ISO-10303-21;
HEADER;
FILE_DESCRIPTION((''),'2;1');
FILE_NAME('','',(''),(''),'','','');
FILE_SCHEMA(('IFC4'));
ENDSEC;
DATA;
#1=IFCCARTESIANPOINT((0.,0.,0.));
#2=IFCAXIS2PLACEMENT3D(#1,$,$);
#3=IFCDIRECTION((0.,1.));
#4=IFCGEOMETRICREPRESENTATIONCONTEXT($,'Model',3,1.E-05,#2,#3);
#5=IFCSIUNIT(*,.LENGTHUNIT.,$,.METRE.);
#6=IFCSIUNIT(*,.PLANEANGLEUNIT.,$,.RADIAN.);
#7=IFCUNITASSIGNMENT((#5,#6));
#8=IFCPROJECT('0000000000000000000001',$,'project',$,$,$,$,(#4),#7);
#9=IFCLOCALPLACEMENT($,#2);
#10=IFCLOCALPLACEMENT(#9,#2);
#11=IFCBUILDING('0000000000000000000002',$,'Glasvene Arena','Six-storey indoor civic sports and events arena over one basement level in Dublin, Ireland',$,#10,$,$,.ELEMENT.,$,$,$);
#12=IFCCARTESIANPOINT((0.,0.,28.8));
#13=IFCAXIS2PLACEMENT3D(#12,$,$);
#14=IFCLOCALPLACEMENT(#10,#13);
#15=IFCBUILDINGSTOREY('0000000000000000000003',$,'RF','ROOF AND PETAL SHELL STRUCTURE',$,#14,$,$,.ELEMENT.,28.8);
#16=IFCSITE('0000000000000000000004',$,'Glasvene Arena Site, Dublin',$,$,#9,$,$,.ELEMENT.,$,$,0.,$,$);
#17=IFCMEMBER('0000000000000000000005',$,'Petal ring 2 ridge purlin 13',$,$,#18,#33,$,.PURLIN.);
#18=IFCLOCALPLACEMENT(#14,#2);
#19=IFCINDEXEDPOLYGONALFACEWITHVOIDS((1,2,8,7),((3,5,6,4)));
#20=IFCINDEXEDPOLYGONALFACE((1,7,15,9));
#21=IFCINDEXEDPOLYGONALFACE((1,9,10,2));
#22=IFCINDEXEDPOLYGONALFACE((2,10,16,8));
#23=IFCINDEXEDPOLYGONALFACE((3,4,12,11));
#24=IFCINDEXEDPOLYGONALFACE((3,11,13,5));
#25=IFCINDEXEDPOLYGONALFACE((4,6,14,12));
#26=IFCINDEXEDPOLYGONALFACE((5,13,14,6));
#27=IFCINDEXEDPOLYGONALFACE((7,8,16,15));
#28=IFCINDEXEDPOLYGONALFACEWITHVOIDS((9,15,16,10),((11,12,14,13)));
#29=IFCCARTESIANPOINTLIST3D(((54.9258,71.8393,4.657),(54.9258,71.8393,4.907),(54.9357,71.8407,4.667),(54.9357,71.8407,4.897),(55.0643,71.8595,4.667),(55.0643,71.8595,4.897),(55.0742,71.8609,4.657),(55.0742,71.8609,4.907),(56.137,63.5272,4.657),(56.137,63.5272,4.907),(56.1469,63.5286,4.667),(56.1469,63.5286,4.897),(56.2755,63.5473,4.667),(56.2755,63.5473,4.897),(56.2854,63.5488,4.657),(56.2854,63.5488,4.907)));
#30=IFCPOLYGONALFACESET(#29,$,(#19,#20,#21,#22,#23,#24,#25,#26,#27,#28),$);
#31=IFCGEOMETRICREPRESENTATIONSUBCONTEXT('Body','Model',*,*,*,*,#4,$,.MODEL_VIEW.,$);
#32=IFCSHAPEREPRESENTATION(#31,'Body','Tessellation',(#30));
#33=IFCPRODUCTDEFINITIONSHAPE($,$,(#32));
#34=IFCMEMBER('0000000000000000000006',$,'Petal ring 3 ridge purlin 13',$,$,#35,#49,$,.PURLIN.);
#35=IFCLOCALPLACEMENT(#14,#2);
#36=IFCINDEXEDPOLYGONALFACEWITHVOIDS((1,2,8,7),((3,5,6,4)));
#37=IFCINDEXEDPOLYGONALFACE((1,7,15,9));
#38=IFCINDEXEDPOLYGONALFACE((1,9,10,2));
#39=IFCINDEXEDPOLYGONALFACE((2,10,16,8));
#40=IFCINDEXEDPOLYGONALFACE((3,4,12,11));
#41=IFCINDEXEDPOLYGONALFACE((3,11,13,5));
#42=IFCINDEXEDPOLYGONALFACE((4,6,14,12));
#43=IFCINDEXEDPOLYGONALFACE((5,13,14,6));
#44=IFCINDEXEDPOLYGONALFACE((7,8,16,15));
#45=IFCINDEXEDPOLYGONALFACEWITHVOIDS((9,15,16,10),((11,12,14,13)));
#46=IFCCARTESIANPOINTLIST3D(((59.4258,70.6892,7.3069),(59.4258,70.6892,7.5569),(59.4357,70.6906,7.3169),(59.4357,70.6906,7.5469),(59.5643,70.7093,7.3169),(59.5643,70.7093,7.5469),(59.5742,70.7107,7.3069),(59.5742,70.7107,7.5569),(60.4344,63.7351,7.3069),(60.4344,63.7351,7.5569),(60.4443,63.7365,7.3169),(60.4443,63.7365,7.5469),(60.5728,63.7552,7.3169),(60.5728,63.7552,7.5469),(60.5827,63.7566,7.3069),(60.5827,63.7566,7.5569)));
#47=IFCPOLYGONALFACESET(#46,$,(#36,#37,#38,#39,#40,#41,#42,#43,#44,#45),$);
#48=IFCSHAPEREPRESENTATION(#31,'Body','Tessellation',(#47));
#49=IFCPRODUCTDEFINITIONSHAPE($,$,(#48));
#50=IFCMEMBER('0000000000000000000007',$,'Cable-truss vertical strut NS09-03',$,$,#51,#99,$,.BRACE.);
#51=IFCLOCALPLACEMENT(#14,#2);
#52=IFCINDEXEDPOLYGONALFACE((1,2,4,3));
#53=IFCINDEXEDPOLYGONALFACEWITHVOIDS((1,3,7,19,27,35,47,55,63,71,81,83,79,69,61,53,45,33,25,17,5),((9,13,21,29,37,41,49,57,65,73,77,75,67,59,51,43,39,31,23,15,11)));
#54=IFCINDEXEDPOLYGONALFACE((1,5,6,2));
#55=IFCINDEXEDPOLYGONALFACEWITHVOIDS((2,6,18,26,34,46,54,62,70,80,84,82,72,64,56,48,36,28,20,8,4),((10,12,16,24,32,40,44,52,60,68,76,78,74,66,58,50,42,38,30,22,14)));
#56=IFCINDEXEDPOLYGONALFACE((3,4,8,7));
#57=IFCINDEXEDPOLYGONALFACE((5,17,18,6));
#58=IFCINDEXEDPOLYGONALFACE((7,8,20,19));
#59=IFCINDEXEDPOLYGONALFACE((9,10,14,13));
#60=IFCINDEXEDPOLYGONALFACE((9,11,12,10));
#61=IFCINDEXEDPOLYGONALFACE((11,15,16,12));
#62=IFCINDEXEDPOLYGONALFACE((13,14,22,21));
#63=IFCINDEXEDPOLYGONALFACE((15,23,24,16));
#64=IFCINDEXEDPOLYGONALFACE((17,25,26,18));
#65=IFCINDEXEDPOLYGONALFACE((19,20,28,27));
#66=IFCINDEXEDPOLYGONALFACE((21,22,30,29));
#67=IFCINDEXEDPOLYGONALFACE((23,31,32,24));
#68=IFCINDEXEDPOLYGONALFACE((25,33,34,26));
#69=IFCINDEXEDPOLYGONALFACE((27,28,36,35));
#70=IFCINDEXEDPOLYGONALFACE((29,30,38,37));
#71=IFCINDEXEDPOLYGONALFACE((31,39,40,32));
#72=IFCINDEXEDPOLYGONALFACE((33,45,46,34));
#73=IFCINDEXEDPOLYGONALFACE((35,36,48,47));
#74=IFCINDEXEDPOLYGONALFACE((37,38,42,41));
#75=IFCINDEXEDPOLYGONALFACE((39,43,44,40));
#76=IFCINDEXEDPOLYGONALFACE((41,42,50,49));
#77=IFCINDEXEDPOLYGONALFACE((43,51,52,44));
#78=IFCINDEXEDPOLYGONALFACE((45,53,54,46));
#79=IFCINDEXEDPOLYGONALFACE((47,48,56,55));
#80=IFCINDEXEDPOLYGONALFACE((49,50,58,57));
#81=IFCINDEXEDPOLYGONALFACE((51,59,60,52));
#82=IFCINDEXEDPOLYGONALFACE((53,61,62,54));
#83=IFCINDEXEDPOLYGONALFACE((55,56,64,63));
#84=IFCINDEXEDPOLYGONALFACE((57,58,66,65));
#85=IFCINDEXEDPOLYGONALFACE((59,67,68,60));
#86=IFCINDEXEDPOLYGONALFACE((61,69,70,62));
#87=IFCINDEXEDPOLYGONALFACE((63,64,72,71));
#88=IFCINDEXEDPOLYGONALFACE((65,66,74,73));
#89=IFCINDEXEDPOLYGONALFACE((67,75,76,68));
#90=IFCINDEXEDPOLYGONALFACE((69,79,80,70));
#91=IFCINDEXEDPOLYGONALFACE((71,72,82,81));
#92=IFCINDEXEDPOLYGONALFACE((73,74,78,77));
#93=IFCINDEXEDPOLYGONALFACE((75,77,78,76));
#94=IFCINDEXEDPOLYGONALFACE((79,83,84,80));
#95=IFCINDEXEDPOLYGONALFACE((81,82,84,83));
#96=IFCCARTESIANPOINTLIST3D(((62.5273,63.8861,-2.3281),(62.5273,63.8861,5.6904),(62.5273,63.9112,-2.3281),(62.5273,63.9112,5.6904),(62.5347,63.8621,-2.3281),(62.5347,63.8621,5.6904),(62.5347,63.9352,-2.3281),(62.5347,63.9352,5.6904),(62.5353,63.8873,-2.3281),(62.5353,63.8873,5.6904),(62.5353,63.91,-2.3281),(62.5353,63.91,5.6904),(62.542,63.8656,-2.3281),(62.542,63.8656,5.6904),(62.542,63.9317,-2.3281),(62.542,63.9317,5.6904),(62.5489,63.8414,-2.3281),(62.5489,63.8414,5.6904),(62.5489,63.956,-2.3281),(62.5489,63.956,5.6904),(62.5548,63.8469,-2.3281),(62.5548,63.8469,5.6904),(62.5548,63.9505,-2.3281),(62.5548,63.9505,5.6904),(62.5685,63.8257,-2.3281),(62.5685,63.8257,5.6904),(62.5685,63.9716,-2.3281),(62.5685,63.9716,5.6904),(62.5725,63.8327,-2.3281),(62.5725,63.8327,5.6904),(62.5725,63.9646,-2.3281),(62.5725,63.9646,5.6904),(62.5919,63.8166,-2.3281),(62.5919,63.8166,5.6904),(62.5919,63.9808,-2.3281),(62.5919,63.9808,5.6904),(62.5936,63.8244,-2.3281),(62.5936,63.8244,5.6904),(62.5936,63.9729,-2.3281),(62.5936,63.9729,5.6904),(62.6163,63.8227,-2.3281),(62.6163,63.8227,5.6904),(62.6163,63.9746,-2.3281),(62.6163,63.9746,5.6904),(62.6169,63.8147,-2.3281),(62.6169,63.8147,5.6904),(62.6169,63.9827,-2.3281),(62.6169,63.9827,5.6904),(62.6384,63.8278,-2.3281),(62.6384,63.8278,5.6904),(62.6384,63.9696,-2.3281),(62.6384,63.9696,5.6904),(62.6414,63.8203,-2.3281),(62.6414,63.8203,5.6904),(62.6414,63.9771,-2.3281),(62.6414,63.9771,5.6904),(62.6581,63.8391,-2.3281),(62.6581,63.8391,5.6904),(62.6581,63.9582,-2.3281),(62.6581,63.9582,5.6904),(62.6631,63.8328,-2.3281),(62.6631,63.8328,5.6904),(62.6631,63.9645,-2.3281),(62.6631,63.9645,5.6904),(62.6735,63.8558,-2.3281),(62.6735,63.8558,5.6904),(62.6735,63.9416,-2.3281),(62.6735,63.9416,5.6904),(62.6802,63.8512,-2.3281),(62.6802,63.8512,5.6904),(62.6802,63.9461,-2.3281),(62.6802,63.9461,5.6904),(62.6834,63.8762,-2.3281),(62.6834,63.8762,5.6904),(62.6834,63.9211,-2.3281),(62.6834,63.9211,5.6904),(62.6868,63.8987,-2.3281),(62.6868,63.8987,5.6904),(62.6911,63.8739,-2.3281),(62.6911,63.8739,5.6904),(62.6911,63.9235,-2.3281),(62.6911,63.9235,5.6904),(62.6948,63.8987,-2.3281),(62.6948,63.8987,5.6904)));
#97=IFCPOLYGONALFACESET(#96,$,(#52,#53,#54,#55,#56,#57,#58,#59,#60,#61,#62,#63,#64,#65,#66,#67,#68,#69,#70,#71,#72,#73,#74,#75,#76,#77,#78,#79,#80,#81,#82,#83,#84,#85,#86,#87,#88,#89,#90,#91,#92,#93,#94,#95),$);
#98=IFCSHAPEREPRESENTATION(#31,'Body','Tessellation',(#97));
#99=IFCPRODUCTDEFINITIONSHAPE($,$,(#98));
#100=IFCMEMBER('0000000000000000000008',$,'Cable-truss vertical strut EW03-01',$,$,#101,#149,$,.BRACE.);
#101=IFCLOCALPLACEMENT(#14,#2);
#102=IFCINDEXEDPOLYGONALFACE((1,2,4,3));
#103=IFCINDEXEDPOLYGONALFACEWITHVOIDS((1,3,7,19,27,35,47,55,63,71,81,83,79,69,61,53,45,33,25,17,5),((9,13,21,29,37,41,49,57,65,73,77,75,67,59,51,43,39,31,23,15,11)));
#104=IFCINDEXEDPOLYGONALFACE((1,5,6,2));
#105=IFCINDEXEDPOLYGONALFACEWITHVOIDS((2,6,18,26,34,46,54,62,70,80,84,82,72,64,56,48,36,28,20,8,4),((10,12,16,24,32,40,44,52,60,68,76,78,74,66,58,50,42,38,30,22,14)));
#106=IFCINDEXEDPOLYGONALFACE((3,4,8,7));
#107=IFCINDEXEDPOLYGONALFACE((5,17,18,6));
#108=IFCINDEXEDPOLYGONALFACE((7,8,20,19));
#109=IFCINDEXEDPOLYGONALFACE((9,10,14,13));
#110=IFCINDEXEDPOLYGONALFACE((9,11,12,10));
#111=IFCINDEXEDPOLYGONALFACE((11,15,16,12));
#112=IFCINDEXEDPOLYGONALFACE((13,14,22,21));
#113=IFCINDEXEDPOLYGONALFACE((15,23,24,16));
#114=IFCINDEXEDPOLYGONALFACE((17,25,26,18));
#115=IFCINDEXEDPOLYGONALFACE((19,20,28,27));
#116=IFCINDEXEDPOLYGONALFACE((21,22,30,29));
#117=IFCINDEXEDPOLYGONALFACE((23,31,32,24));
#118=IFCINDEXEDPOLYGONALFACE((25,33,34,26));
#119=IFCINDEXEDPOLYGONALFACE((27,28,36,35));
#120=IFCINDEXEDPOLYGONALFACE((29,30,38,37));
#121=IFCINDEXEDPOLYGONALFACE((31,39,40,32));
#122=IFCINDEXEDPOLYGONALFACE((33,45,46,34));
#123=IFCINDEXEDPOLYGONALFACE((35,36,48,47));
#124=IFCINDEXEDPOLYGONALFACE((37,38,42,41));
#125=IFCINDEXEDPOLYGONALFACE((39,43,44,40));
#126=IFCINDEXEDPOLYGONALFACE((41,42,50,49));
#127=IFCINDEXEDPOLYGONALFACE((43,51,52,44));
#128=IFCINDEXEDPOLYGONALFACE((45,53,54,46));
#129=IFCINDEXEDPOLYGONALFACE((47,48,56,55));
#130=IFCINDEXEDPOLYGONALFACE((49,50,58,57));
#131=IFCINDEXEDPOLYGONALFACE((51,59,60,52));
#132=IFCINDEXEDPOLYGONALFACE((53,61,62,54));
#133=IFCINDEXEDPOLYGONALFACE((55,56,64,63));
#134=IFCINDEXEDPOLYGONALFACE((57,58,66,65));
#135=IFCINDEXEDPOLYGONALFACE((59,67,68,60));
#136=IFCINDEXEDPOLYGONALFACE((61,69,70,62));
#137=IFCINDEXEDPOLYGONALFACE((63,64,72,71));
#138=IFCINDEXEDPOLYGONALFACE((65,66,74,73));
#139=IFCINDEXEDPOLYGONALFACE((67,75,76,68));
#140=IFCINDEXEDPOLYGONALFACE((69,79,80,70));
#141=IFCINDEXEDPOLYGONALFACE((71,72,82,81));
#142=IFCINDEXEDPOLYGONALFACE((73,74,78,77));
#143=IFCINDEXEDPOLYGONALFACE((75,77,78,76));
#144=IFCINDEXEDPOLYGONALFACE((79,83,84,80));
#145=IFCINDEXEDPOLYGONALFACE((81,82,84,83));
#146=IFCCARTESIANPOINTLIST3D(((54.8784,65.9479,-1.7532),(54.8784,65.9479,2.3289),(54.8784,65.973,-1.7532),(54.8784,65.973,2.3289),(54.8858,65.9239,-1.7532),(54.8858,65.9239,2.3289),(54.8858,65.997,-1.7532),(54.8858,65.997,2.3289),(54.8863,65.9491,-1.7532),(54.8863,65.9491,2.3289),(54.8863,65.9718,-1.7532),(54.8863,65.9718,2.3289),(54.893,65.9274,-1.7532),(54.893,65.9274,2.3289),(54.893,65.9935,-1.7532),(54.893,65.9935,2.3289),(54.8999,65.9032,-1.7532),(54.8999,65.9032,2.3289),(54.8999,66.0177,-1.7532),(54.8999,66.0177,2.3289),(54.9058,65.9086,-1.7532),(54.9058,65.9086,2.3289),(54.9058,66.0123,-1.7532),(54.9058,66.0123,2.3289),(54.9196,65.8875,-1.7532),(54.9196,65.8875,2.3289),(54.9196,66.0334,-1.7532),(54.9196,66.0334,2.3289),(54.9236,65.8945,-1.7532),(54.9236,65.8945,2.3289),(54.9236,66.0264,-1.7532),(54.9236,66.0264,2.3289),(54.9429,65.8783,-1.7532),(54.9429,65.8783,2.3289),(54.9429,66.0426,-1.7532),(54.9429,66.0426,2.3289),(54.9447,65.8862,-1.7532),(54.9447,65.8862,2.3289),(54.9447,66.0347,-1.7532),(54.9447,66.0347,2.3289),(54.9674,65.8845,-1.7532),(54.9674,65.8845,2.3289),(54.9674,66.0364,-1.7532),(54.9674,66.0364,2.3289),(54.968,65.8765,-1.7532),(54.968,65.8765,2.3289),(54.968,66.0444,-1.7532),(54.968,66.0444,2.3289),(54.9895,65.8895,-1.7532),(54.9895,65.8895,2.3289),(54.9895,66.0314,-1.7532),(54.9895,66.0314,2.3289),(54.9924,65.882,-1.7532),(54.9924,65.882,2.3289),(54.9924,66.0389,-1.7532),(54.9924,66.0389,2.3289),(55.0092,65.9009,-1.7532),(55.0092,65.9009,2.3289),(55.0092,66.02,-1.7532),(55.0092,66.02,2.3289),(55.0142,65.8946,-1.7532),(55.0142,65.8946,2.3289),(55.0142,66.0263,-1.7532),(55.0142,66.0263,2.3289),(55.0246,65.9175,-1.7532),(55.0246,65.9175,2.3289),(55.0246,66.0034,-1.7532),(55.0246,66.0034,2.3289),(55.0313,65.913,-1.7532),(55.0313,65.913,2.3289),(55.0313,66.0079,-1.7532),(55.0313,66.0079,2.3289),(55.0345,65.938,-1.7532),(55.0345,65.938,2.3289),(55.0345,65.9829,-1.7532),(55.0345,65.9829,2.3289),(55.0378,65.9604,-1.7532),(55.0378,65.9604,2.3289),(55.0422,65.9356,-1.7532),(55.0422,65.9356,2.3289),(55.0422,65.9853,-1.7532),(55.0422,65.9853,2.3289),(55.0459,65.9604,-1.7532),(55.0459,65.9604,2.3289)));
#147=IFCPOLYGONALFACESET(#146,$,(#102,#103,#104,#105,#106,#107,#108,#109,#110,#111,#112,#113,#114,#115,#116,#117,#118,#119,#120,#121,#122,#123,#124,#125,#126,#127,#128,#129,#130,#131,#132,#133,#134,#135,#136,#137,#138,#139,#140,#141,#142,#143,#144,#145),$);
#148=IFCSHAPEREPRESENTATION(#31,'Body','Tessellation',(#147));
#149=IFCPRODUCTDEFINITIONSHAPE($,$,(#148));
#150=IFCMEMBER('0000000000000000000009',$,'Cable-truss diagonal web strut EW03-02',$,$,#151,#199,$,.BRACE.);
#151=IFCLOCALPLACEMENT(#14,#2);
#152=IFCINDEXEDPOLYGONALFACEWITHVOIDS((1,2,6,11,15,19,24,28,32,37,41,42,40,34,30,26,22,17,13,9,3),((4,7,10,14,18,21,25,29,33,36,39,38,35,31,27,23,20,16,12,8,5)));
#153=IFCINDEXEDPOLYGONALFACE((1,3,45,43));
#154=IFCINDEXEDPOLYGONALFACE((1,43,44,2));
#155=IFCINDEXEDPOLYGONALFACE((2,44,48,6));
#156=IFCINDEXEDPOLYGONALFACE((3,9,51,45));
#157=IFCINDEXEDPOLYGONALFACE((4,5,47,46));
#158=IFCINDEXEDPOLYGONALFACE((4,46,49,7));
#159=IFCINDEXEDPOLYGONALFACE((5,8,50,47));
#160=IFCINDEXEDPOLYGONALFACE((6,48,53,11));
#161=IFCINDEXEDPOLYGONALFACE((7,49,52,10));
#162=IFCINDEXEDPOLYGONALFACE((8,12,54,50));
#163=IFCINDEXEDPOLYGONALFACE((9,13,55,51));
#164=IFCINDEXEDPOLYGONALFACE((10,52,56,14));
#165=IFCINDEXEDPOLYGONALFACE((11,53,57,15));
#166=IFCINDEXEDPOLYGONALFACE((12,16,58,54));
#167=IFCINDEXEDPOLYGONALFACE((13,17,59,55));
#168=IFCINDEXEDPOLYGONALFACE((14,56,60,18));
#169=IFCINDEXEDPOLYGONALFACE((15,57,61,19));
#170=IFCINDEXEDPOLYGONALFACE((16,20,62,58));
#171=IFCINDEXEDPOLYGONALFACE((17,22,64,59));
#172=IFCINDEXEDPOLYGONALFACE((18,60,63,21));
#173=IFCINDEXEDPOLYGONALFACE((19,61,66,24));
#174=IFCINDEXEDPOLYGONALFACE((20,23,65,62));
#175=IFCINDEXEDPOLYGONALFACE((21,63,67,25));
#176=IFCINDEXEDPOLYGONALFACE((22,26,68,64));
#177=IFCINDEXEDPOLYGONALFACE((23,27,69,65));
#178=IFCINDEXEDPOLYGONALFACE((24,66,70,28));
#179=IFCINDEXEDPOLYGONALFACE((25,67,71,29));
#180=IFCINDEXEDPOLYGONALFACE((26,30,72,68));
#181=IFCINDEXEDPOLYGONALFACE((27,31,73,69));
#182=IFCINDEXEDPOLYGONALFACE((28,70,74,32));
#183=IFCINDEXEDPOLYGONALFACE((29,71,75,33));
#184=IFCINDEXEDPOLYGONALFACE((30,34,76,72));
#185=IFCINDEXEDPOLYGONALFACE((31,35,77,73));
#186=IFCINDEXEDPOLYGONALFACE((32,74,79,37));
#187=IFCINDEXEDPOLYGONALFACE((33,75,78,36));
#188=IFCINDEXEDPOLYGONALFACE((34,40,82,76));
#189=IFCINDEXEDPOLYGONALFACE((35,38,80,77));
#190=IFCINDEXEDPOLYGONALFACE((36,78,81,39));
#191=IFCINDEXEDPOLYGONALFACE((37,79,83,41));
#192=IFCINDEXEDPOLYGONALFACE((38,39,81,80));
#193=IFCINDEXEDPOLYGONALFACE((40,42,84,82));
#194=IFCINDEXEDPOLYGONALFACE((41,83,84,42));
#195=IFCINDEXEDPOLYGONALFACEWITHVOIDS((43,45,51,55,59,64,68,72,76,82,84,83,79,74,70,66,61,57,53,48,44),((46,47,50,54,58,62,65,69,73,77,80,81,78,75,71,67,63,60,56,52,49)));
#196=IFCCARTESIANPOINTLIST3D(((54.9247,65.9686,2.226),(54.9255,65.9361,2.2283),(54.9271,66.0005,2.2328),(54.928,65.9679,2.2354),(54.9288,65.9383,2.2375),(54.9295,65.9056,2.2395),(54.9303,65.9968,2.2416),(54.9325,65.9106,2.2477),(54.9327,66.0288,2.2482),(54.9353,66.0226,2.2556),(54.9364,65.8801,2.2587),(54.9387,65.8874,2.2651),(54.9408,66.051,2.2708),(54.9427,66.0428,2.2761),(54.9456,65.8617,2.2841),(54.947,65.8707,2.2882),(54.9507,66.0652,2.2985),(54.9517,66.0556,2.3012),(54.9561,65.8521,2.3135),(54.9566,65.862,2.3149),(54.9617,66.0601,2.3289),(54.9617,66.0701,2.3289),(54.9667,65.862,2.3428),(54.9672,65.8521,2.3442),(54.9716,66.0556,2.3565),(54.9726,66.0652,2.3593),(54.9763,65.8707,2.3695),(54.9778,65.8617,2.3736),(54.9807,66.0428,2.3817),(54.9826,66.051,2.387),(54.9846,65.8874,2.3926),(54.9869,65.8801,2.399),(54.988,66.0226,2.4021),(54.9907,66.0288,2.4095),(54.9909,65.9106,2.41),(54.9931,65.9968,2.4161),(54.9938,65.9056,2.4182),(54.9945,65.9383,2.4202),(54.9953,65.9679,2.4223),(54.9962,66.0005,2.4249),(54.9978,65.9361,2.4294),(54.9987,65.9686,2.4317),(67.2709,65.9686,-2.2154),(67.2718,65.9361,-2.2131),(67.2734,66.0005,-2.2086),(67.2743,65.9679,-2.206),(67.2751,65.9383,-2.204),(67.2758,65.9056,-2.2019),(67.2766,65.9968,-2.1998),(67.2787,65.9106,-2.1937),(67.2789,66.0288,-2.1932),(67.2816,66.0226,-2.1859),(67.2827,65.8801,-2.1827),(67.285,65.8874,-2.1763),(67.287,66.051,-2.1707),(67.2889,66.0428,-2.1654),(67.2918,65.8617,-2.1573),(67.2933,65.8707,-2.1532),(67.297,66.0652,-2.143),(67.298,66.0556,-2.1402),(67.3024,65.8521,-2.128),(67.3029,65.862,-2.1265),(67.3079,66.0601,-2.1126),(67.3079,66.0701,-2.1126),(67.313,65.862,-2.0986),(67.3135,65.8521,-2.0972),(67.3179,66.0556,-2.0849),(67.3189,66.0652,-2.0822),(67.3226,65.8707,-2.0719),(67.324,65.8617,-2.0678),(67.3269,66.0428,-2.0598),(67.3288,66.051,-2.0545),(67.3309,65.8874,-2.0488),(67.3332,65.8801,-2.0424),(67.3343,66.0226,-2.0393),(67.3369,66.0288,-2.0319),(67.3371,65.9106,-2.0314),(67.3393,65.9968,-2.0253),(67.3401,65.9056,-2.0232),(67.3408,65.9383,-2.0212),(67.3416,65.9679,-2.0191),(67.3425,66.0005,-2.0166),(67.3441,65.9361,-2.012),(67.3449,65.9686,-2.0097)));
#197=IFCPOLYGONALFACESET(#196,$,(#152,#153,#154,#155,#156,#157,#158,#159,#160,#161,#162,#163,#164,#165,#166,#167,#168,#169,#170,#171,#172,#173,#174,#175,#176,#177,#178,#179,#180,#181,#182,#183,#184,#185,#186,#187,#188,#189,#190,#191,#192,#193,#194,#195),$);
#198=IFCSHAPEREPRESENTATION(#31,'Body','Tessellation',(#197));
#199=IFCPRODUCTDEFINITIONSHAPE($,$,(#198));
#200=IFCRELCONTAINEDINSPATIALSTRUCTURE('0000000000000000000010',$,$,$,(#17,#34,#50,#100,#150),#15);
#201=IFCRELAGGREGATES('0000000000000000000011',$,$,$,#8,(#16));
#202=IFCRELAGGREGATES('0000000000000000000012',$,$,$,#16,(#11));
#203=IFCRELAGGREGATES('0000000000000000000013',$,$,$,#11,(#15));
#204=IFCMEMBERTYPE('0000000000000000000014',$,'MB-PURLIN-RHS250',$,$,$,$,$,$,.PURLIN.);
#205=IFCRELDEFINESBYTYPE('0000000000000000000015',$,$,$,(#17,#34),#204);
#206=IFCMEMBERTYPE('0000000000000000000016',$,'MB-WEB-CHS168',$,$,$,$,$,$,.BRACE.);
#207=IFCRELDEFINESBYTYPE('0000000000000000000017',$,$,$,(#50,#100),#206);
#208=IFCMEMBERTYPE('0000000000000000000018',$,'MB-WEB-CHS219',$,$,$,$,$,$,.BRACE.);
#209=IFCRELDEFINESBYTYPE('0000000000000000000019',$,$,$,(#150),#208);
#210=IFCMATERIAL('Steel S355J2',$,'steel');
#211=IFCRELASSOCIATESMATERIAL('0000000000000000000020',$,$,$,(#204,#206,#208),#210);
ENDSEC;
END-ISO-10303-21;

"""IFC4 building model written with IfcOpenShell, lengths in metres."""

from ifc_helpers import new_model, si_unit, direction, frame, origin, origin_2d, place, context, subcontext, project, spatial, hollow_rectangle, hollow_circle, extrude, material, material_profile, profile_set, type_object, element, save


model = new_model("IFC4")

# Units and contexts
model_context = context("Model", 3, precision=1e-05, world=origin(), true_north=direction((0.0, 1.0)))
body_context = subcontext(model_context, "Body", "Model", "MODEL_VIEW")
ifc_project = project(units=[si_unit("LENGTHUNIT", "METRE"), si_unit("PLANEANGLEUNIT", "RADIAN")], contexts=[model_context])

# Site, building, storey
site_placement = place(None, origin())
site = spatial("IfcSite", under=ifc_project, at=site_placement, Name="Glasvene Arena Site, Dublin", CompositionType="ELEMENT", RefElevation=0.0)
building_placement = place(site_placement, origin())
building = spatial("IfcBuilding", under=site, at=building_placement, Name="Glasvene Arena", Description="Six-storey indoor civic sports and events arena over one basement level in Dublin, Ireland", CompositionType="ELEMENT")
storey_placement = place(building_placement, frame((0.0, 0.0, 28.8)))
storey = spatial("IfcBuildingStorey", under=building, at=storey_placement, Name="RF", Description="ROOF AND PETAL SHELL STRUCTURE", CompositionType="ELEMENT", Elevation=28.8)

# Members
ifc_material_1 = material(Name="Steel S355J2", Category="steel")
ifc_material_profile_1 = material_profile(ifc_material_1, hollow_rectangle(XDim=0.1499, YDim=0.25, WallThickness=0.01, at=origin_2d()), Name="RHS 250x150x10.0")
ifc_profile_set_1 = profile_set([ifc_material_profile_1], Name="Steel S355J2")
member_type_1 = type_object("IfcMemberType", Name="MB-PURLIN-RHS250", PredefinedType="PURLIN", material=ifc_profile_set_1)
member_1_placement = place(storey_placement, frame((55.0, 71.8501, 4.782), z_axis=(0.144192, -0.98955, 0.0), x_axis=(0.98955, 0.144192, 0.0)))
element("IfcMember", 1, at=member_1_placement, inside=storey, type_object=member_type_1, Name="Petal ring 2 ridge purlin 13", PredefinedType="PURLIN", context=body_context, shape_type="SweptSolid", body=[
    extrude(hollow_rectangle(XDim=0.1499, YDim=0.25, WallThickness=0.01, at=origin_2d()), origin(), (0.0, 0.0, 1.0), 8.3999),
])
member_2_placement = place(storey_placement, frame((59.5, 70.7, 7.4319), z_axis=(0.143527, -0.989646, 0.0), x_axis=(0.989646, 0.143527, 0.0)))
element("IfcMember", 2, at=member_2_placement, inside=storey, type_object=member_type_1, Name="Petal ring 3 ridge purlin 13", PredefinedType="PURLIN", context=body_context, shape_type="SweptSolid", body=[
    extrude(hollow_rectangle(XDim=0.1499, YDim=0.25, WallThickness=0.01, at=origin_2d()), origin(), (0.0, 0.0, 1.0), 7.0269),
])
ifc_material_profile_2 = material_profile(ifc_material_1, hollow_circle(Radius=0.0842, WallThickness=0.0081, at=origin_2d()), Name="CHS 168.3x8.0")
ifc_profile_set_2 = profile_set([ifc_material_profile_2], Name="Steel S355J2")
member_type_2 = type_object("IfcMemberType", Name="MB-WEB-CHS168", PredefinedType="BRACE", material=ifc_profile_set_2)
member_3_placement = place(storey_placement, frame((62.6106, 63.8987, -2.3281), z_axis=(0.0, 0.0, 1.0), x_axis=(1.0, 0.0, 0.0)))
element("IfcMember", 3, at=member_3_placement, inside=storey, type_object=member_type_2, Name="Cable-truss vertical strut NS09-03", PredefinedType="BRACE", context=body_context, shape_type="SweptSolid", body=[
    extrude(hollow_circle(Radius=0.0842, WallThickness=0.0081, at=origin_2d()), origin(), (0.0, 0.0, 1.0), 8.0186),
])
member_4_placement = place(storey_placement, frame((54.9617, 65.9604, -1.7532), z_axis=(0.0, 0.0, 1.0), x_axis=(1.0, 0.0, 0.0)))
element("IfcMember", 4, at=member_4_placement, inside=storey, type_object=member_type_2, Name="Cable-truss vertical strut EW03-01", PredefinedType="BRACE", context=body_context, shape_type="SweptSolid", body=[
    extrude(hollow_circle(Radius=0.0842, WallThickness=0.0081, at=origin_2d()), origin(), (0.0, 0.0, 1.0), 4.082),
])
ifc_material_profile_3 = material_profile(ifc_material_1, hollow_circle(Radius=0.1096, WallThickness=0.01, at=origin_2d()), Name="CHS 219.1x10.0")
ifc_profile_set_3 = profile_set([ifc_material_profile_3], Name="Steel S355J2")
member_type_3 = type_object("IfcMemberType", Name="MB-WEB-CHS219", PredefinedType="BRACE", material=ifc_profile_set_3)
member_5_placement = place(storey_placement, frame((54.9617, 65.9604, 2.3289), z_axis=(0.940966, 0.0, -0.338502), x_axis=(0.0, 1.0, 0.0)))
element("IfcMember", 5, at=member_5_placement, inside=storey, type_object=member_type_3, Name="Cable-truss diagonal web strut EW03-02", PredefinedType="BRACE", context=body_context, shape_type="SweptSolid", body=[
    extrude(hollow_circle(Radius=0.1096, WallThickness=0.01, at=origin_2d()), origin(), (0.0, 0.0, 1.0), 13.1208),
])

save(model, "model.ifc")
